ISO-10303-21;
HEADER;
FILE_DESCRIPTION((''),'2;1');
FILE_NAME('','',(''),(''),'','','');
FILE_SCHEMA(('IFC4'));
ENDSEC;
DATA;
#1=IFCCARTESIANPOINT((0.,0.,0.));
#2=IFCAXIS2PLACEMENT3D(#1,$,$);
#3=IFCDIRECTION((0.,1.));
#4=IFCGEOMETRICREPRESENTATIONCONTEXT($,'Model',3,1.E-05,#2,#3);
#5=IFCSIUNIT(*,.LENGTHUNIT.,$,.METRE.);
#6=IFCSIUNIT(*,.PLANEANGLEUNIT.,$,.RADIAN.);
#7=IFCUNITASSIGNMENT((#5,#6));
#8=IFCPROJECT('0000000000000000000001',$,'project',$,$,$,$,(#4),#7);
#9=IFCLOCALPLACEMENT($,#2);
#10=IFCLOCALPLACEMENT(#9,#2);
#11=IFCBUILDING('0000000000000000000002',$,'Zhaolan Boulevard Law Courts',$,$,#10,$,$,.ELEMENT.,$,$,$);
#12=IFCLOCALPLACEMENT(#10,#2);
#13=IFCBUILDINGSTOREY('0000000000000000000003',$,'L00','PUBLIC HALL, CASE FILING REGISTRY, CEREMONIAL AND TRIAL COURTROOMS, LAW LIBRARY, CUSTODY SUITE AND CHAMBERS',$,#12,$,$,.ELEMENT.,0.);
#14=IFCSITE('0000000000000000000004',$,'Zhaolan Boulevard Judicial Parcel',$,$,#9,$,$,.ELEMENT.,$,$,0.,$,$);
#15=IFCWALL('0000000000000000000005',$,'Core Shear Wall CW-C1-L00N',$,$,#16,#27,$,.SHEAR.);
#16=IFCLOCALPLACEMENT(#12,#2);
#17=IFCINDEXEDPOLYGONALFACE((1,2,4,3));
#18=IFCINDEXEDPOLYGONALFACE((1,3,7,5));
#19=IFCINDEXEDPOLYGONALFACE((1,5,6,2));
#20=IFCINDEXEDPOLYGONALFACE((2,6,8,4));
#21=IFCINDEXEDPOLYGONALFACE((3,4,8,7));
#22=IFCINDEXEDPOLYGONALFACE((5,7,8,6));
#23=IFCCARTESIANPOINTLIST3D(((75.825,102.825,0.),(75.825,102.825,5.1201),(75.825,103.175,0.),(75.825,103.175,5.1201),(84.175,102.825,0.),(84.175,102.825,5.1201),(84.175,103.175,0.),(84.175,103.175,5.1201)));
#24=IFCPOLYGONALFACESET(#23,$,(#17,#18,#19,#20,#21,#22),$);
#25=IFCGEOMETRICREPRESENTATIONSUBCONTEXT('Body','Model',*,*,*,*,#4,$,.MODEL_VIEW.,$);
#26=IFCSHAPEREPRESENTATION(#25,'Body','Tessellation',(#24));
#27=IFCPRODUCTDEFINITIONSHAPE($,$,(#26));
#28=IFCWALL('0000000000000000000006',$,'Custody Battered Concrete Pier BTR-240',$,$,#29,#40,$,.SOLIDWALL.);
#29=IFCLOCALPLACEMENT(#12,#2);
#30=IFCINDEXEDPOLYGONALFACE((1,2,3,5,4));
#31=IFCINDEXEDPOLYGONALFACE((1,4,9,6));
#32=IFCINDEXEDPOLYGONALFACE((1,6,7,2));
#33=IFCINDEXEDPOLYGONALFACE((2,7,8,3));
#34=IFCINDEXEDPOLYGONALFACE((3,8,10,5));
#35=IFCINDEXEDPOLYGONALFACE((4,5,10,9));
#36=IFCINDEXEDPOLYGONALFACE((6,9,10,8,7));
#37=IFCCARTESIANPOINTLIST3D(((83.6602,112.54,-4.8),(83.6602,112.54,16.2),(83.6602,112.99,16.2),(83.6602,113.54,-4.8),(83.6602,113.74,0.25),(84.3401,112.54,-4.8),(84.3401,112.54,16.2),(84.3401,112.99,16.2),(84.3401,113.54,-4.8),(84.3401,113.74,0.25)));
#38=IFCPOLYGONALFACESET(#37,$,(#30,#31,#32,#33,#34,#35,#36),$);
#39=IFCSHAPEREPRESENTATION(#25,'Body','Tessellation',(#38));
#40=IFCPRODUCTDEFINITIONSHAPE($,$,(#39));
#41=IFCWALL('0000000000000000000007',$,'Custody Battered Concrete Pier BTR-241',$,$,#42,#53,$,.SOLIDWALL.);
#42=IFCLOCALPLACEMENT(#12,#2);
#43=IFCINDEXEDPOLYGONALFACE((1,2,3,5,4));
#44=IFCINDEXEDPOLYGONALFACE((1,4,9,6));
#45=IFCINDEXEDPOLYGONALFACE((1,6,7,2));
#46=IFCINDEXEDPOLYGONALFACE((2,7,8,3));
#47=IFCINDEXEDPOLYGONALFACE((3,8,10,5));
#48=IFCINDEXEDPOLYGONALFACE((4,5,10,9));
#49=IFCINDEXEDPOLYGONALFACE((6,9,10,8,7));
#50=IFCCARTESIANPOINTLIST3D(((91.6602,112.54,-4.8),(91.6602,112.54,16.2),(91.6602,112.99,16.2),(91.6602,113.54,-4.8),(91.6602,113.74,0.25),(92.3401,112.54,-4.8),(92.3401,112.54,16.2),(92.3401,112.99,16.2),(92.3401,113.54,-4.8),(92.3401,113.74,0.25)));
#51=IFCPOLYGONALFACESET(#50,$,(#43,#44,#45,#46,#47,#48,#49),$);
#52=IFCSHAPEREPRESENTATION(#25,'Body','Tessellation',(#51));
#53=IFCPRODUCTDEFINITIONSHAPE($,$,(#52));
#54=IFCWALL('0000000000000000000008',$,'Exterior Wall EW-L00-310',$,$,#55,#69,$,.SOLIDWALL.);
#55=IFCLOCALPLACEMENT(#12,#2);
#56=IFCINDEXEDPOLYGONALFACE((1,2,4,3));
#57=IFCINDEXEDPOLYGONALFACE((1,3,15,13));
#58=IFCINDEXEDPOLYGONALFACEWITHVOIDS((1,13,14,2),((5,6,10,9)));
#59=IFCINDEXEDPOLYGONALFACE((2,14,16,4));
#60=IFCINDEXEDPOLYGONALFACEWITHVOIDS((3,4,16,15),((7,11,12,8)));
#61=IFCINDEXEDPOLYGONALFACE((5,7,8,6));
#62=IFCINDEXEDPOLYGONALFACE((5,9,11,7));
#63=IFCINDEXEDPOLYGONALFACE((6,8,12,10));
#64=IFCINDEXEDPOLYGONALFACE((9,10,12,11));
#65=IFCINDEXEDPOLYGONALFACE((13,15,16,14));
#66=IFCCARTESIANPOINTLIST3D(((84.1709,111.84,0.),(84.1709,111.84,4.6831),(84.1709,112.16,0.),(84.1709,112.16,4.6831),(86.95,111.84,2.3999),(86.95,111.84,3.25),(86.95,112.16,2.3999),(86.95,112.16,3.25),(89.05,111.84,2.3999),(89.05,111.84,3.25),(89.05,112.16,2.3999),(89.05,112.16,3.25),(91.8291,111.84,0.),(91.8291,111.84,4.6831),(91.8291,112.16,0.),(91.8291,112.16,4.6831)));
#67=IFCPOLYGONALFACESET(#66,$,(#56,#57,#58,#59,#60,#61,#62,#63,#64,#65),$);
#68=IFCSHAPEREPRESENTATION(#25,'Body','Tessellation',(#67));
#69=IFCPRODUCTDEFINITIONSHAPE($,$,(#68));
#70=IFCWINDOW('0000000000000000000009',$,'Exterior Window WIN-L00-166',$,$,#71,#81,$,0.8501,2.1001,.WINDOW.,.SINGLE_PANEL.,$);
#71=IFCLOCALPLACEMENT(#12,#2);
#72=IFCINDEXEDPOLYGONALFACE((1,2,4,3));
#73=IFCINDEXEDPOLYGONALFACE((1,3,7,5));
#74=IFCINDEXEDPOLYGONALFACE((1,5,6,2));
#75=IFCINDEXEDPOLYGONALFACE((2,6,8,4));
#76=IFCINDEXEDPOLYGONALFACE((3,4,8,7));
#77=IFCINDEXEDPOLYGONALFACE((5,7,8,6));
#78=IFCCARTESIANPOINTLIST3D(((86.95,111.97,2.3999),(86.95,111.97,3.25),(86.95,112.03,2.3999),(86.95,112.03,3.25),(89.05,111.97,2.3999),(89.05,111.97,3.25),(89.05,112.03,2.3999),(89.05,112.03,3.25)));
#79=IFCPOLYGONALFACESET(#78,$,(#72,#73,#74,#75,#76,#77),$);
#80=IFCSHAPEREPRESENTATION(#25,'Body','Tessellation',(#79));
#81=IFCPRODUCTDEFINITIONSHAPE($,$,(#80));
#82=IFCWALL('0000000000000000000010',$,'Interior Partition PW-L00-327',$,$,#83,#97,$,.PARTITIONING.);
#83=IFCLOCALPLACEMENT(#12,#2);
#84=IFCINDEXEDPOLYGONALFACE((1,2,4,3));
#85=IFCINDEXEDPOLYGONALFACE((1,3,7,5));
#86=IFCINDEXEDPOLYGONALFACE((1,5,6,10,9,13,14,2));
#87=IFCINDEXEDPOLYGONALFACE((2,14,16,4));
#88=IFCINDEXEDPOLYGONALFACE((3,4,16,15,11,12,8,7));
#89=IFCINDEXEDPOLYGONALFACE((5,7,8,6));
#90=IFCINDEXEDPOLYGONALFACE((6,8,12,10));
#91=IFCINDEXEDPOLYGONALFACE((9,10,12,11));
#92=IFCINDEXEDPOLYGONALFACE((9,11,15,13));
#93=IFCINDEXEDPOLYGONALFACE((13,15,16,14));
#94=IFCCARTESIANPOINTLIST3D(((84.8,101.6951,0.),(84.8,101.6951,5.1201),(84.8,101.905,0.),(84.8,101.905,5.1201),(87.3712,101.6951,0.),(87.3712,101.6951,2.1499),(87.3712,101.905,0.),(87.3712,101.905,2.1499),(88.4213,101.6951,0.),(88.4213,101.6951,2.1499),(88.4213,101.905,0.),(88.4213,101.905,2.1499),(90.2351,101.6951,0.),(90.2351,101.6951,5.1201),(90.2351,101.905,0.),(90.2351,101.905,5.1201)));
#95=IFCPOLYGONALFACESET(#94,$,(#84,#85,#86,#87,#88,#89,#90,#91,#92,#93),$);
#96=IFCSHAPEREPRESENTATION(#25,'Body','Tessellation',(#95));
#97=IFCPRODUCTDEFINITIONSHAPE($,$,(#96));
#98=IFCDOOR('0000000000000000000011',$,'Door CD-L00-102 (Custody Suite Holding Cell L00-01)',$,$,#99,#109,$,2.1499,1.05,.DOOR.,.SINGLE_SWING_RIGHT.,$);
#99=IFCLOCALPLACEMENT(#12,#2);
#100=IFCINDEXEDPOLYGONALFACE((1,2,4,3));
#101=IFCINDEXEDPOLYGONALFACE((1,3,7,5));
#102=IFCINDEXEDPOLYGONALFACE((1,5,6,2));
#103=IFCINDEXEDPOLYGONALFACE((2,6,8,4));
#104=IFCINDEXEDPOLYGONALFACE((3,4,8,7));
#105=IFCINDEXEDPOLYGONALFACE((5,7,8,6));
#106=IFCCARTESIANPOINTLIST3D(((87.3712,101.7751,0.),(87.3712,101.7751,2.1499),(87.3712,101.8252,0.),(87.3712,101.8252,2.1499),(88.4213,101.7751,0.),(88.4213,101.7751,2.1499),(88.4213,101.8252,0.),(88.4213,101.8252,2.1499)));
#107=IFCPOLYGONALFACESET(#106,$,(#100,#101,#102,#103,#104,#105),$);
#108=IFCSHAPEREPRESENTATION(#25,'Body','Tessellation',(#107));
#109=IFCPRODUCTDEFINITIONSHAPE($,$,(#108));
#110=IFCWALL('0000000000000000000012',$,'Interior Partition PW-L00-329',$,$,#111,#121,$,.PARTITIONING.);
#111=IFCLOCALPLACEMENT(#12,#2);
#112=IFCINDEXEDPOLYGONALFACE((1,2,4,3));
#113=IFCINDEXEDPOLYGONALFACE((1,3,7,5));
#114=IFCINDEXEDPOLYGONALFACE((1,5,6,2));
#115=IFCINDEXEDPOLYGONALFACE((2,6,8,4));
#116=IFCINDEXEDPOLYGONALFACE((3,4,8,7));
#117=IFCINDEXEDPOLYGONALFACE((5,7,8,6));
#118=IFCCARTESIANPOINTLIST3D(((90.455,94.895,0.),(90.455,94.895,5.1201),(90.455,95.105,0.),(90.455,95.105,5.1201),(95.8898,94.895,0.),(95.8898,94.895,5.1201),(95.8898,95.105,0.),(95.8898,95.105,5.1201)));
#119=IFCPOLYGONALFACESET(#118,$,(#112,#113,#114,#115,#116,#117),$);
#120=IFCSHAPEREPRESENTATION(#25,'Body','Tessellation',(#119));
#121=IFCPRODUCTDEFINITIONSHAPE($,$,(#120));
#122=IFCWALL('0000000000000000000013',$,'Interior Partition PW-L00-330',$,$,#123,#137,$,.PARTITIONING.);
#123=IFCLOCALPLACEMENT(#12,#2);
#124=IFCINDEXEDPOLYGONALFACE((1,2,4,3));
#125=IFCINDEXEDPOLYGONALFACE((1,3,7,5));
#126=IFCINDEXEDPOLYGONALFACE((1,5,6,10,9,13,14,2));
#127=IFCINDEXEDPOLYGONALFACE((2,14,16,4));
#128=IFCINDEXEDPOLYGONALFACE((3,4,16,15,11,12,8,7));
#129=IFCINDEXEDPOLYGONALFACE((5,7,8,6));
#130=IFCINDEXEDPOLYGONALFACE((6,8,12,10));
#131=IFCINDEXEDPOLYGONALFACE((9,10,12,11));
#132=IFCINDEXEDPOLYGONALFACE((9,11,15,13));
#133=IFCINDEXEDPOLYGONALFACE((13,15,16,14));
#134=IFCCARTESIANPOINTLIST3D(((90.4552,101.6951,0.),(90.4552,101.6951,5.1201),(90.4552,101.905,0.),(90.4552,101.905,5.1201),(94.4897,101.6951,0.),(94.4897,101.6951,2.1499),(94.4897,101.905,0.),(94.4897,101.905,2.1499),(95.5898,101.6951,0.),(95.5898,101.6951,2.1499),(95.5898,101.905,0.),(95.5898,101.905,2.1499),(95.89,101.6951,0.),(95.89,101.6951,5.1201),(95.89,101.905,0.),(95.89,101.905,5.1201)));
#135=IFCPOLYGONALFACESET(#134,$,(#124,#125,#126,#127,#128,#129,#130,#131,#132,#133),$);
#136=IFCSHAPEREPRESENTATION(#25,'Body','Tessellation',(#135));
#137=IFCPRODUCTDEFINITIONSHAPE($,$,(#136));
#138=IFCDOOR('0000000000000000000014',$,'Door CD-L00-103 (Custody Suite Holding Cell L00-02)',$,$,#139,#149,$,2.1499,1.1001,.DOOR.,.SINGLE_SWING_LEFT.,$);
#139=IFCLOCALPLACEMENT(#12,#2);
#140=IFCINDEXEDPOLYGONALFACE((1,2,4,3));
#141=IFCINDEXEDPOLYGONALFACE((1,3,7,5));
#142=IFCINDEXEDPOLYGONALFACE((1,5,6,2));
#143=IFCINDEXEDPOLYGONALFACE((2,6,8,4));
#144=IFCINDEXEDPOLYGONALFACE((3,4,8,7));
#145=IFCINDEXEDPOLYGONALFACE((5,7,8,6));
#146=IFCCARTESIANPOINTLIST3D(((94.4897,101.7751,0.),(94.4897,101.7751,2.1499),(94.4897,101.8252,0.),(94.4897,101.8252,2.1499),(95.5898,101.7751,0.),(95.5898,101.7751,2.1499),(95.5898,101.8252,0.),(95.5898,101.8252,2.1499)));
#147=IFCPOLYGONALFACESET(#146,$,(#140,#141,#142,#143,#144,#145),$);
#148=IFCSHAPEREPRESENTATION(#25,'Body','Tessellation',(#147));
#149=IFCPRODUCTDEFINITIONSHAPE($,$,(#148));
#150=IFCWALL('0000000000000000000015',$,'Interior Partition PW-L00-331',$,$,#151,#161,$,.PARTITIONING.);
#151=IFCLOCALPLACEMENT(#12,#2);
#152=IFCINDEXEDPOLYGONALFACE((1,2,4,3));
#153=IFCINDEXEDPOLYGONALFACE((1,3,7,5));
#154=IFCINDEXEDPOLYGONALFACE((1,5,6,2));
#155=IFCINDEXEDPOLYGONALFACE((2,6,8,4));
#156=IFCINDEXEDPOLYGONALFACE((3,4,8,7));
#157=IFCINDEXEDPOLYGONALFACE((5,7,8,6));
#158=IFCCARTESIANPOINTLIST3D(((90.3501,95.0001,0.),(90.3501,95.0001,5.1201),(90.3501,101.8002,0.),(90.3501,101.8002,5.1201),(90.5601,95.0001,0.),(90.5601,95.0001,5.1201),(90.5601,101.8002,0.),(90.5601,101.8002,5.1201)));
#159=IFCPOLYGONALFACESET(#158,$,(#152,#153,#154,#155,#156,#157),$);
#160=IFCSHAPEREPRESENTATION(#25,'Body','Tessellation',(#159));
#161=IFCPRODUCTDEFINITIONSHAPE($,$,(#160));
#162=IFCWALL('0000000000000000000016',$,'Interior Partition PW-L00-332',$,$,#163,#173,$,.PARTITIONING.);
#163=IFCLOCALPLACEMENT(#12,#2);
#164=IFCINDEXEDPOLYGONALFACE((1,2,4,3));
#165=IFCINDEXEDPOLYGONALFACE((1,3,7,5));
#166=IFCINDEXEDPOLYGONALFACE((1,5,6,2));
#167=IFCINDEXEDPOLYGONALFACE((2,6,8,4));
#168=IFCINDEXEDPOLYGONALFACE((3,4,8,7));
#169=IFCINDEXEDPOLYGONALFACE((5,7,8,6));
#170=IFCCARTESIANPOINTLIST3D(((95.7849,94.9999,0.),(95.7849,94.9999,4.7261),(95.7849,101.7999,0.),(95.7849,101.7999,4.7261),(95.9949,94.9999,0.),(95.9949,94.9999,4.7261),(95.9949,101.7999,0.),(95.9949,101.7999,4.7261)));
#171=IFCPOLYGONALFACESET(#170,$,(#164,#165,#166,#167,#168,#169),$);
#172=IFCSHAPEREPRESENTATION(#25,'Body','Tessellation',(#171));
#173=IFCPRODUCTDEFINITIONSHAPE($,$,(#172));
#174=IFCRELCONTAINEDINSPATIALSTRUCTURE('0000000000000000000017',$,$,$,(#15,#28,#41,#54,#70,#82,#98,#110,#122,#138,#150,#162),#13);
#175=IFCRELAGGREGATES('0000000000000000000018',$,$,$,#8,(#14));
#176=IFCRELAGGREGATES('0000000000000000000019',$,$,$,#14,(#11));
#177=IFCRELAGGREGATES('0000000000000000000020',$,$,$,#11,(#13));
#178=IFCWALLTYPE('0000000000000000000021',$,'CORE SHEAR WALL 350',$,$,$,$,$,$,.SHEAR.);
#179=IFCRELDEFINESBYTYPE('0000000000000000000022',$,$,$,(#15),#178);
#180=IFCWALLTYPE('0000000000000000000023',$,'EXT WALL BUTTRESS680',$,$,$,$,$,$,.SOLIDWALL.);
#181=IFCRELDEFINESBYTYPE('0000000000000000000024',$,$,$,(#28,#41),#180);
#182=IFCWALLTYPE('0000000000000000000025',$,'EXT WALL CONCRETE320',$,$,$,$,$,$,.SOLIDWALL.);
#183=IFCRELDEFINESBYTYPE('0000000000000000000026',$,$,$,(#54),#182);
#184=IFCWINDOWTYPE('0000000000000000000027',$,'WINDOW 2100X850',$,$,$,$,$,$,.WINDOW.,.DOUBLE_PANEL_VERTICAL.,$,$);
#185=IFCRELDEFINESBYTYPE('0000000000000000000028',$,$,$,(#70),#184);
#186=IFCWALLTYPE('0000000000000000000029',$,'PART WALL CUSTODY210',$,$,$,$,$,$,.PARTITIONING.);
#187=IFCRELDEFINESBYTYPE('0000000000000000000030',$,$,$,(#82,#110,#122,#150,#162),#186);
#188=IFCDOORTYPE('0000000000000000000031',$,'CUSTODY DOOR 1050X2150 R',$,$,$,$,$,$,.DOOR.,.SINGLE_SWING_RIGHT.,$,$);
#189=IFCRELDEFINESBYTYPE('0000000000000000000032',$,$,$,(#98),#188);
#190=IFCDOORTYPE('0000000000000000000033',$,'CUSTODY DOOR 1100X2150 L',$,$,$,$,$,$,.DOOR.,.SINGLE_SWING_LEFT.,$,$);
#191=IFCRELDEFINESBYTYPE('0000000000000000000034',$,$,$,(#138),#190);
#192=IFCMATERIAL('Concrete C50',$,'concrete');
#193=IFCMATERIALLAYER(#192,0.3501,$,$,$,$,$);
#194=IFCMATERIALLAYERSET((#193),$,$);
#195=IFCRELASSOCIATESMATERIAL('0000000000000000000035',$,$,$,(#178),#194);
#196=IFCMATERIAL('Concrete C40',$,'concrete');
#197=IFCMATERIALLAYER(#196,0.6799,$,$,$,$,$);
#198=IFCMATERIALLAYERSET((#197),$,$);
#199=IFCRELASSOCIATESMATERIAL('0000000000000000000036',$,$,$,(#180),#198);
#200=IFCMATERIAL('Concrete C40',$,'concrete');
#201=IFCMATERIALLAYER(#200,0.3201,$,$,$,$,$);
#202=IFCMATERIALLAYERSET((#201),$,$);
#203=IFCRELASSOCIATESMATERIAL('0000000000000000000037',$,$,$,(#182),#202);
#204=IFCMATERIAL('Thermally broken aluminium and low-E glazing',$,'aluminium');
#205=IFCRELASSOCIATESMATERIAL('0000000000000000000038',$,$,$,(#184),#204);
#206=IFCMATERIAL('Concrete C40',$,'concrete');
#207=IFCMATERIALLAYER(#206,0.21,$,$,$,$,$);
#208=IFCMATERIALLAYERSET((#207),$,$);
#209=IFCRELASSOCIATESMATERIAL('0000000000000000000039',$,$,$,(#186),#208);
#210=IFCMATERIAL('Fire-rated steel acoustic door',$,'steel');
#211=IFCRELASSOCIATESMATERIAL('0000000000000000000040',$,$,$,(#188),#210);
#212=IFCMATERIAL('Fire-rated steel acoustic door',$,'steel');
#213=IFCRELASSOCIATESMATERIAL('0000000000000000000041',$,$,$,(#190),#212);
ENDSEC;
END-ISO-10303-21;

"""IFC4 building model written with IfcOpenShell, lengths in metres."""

from ifc_helpers import new_model, si_unit, direction, frame, frame_2d, origin, place, context, subcontext, project, spatial, polyline, rectangle, outline, extrude, material, layer, layer_set, type_object, element, fill, save


model = new_model("IFC4")

# Units and contexts
model_context = context("Model", 3, precision=1e-05, world=origin(), true_north=direction((0.0, 1.0)))
body_context = subcontext(model_context, "Body", "Model", "MODEL_VIEW")
ifc_project = project(units=[si_unit("LENGTHUNIT", "METRE"), si_unit("PLANEANGLEUNIT", "RADIAN")], contexts=[model_context])

# Site, building, storey
site_placement = place(None, origin())
site = spatial("IfcSite", under=ifc_project, at=site_placement, Name="Zhaolan Boulevard Judicial Parcel", CompositionType="ELEMENT", RefElevation=0.0)
building_placement = place(site_placement, origin())
building = spatial("IfcBuilding", under=site, at=building_placement, Name="Zhaolan Boulevard Law Courts", CompositionType="ELEMENT")
storey_placement = place(building_placement, origin())
storey = spatial("IfcBuildingStorey", under=building, at=storey_placement, Name="L00", Description="PUBLIC HALL, CASE FILING REGISTRY, CEREMONIAL AND TRIAL COURTROOMS, LAW LIBRARY, CUSTODY SUITE AND CHAMBERS", CompositionType="ELEMENT", Elevation=0.0)

# Walls
ifc_material_1 = material(Name="Concrete C50", Category="concrete")
ifc_layer_1 = layer(ifc_material_1, 0.3501)
ifc_layer_set_1 = layer_set([ifc_layer_1])
wall_type_1 = type_object("IfcWallType", Name="CORE SHEAR WALL 350", PredefinedType="SHEAR", material=ifc_layer_set_1)
wall_1_placement = place(storey_placement, frame((84.175, 103.0, 0.0), z_axis=(0.0, 0.0, 1.0), x_axis=(-1.0, 0.0, 0.0)))
element("IfcWall", 1, at=wall_1_placement, inside=storey, type_object=wall_type_1, Name="Core Shear Wall CW-C1-L00N", PredefinedType="SHEAR", context=body_context, shape_type="SweptSolid", body=[
    extrude(rectangle(XDim=8.3501, YDim=0.3501, at=frame_2d((4.175, 0.0))), origin(), (0.0, 0.0, 1.0), 5.1201),
])
ifc_material_2 = material(Name="Concrete C40", Category="concrete")
ifc_layer_2 = layer(ifc_material_2, 0.6799)
ifc_layer_set_2 = layer_set([ifc_layer_2])
wall_type_2 = type_object("IfcWallType", Name="EXT WALL BUTTRESS680", PredefinedType="SOLIDWALL", material=ifc_layer_set_2)
for number, where, z_axis, x_axis, name in (
    (2, (84.0, 112.54, -4.8), (0.0, 0.0, 1.0), (0.0, 1.0, 0.0), "Custody Battered Concrete Pier BTR-240"),
    (3, (92.0, 112.54, -4.8), (0.0, 0.0, 1.0), (0.0, 1.0, 0.0), "Custody Battered Concrete Pier BTR-241"),
):
    element("IfcWall", number, at=place(storey_placement, frame(where, z_axis=z_axis, x_axis=x_axis)), inside=storey, type_object=wall_type_2, Name=name, PredefinedType="SOLIDWALL", context=body_context, shape_type="SweptSolid", body=[
        extrude(outline(polyline([(0.0, 0.0), (1.0, 0.0), (1.2, 5.05), (0.45, 21.0), (0.0, 21.0), (0.0, 0.0)])), frame((0.0, 0.3398, 0.0), z_axis=(0.0, -1.0, 0.0), x_axis=(1.0, 0.0, 0.0)), (0.0, 0.0, 1.0), 0.6799),
    ])

# Wall, opening, window
ifc_material_3 = material(Name="Concrete C40", Category="concrete")
ifc_layer_3 = layer(ifc_material_3, 0.3201)
ifc_layer_set_3 = layer_set([ifc_layer_3])
wall_type_3 = type_object("IfcWallType", Name="EXT WALL CONCRETE320", PredefinedType="SOLIDWALL", material=ifc_layer_set_3)
wall_2_placement = place(storey_placement, frame((91.8291, 112.0, 0.0), z_axis=(0.0, 0.0, 1.0), x_axis=(-1.0, 0.0, 0.0)))
wall_2 = element("IfcWall", 4, at=wall_2_placement, inside=storey, type_object=wall_type_3, Name="Exterior Wall EW-L00-310", PredefinedType="SOLIDWALL", context=body_context, shape_type="SweptSolid", body=[
    extrude(rectangle(XDim=7.6582, YDim=0.3201, at=frame_2d((3.8291, 0.0))), origin(), (0.0, 0.0, 1.0), 4.6831),
])
opening_1_placement = place(wall_2_placement, frame((2.7791, 0.0, 2.3999)))
opening_1 = element("IfcOpeningElement", 5, at=opening_1_placement, cuts=wall_2, PredefinedType="OPENING", context=body_context, shape_type="SweptSolid", body=[
    extrude(rectangle(XDim=2.1001, YDim=0.8501, at=frame_2d((1.05, 0.425))), frame((0.0, 0.1699, 0.0), z_axis=(0.0, -1.0, 0.0), x_axis=(1.0, 0.0, 0.0)), (0.0, 0.0, 1.0), 0.3401),
])
ifc_material_4 = material(Name="Thermally broken aluminium and low-E glazing", Category="aluminium")
window_type = type_object("IfcWindowType", Name="WINDOW 2100X850", PartitioningType="DOUBLE_PANEL_VERTICAL", PredefinedType="WINDOW", material=ifc_material_4)
window_placement = place(opening_1_placement, origin())
window = element("IfcWindow", 6, at=window_placement, inside=storey, type_object=window_type, Name="Exterior Window WIN-L00-166", OverallHeight=0.8501, OverallWidth=2.1001, PartitioningType="SINGLE_PANEL", PredefinedType="WINDOW", context=body_context, shape_type="SweptSolid", body=[
    extrude(rectangle(XDim=2.1001, YDim=0.8501, at=frame_2d((1.05, 0.425))), frame((0.0, 0.03, 0.0), z_axis=(0.0, -1.0, 0.0), x_axis=(1.0, 0.0, 0.0)), (0.0, 0.0, 1.0), 0.0601),
])
fill(opening_1, window)

# Wall, opening, door
ifc_material_5 = material(Name="Concrete C40", Category="concrete")
ifc_layer_4 = layer(ifc_material_5, 0.21)
ifc_layer_set_4 = layer_set([ifc_layer_4])
wall_type_4 = type_object("IfcWallType", Name="PART WALL CUSTODY210", PredefinedType="PARTITIONING", material=ifc_layer_set_4)
wall_3_placement = place(storey_placement, frame((90.2351, 101.8, 0.0), z_axis=(0.0, 0.0, 1.0), x_axis=(-1.0, 0.0, 0.0)))
wall_3 = element("IfcWall", 7, at=wall_3_placement, inside=storey, type_object=wall_type_4, Name="Interior Partition PW-L00-327", PredefinedType="PARTITIONING", context=body_context, shape_type="SweptSolid", body=[
    extrude(rectangle(XDim=5.4351, YDim=0.21, at=frame_2d((2.7175, 0.0))), origin(), (0.0, 0.0, 1.0), 5.1201),
])
opening_2_placement = place(wall_3_placement, frame((1.814, 0.0, 0.0)))
opening_2 = element("IfcOpeningElement", 8, at=opening_2_placement, cuts=wall_3, PredefinedType="OPENING", context=body_context, shape_type="SweptSolid", body=[
    extrude(rectangle(XDim=1.05, YDim=2.1499, at=frame_2d((0.5249, 1.075))), frame((0.0, 0.115, 0.0), z_axis=(0.0, -1.0, 0.0), x_axis=(1.0, 0.0, 0.0)), (0.0, 0.0, 1.0), 0.23),
])
ifc_material_6 = material(Name="Fire-rated steel acoustic door", Category="steel")
door_type_1 = type_object("IfcDoorType", Name="CUSTODY DOOR 1050X2150 R", OperationType="SINGLE_SWING_RIGHT", PredefinedType="DOOR", material=ifc_material_6)
door_1_placement = place(opening_2_placement, origin())
door_1 = element("IfcDoor", 9, at=door_1_placement, inside=storey, type_object=door_type_1, Name="Door CD-L00-102 (Custody Suite Holding Cell L00-01)", OperationType="SINGLE_SWING_RIGHT", OverallHeight=2.1499, OverallWidth=1.05, PredefinedType="DOOR", context=body_context, shape_type="SweptSolid", body=[
    extrude(rectangle(XDim=1.05, YDim=2.1499, at=frame_2d((0.5249, 1.075))), frame((0.0, 0.0249, 0.0), z_axis=(0.0, -1.0, 0.0), x_axis=(1.0, 0.0, 0.0)), (0.0, 0.0, 1.0), 0.05),
])
fill(opening_2, door_1)

# Wall
wall_4_placement = place(storey_placement, frame((90.4551, 95.0, 0.0), z_axis=(0.0, 0.0, 1.0), x_axis=(1.0, 0.0, 0.0)))
element("IfcWall", 10, at=wall_4_placement, inside=storey, type_object=wall_type_4, Name="Interior Partition PW-L00-329", PredefinedType="PARTITIONING", context=body_context, shape_type="SweptSolid", body=[
    extrude(rectangle(XDim=5.4348, YDim=0.21, at=frame_2d((2.7173, 0.0))), origin(), (0.0, 0.0, 1.0), 5.1201),
])

# Wall, opening, door
wall_5_placement = place(storey_placement, frame((95.8899, 101.8, 0.0), z_axis=(0.0, 0.0, 1.0), x_axis=(-1.0, 0.0, 0.0)))
wall_5 = element("IfcWall", 11, at=wall_5_placement, inside=storey, type_object=wall_type_4, Name="Interior Partition PW-L00-330", PredefinedType="PARTITIONING", context=body_context, shape_type="SweptSolid", body=[
    extrude(rectangle(XDim=5.4348, YDim=0.21, at=frame_2d((2.7173, 0.0))), origin(), (0.0, 0.0, 1.0), 5.1201),
])
opening_3_placement = place(wall_5_placement, frame((0.3, 0.0, 0.0)))
opening_3 = element("IfcOpeningElement", 12, at=opening_3_placement, cuts=wall_5, PredefinedType="OPENING", context=body_context, shape_type="SweptSolid", body=[
    extrude(rectangle(XDim=1.1001, YDim=2.1499, at=frame_2d((0.55, 1.075))), frame((0.0, 0.115, 0.0), z_axis=(0.0, -1.0, 0.0), x_axis=(1.0, 0.0, 0.0)), (0.0, 0.0, 1.0), 0.23),
])
ifc_material_7 = material(Name="Fire-rated steel acoustic door", Category="steel")
door_type_2 = type_object("IfcDoorType", Name="CUSTODY DOOR 1100X2150 L", OperationType="SINGLE_SWING_LEFT", PredefinedType="DOOR", material=ifc_material_7)
door_2_placement = place(opening_3_placement, origin())
door_2 = element("IfcDoor", 13, at=door_2_placement, inside=storey, type_object=door_type_2, Name="Door CD-L00-103 (Custody Suite Holding Cell L00-02)", OperationType="SINGLE_SWING_LEFT", OverallHeight=2.1499, OverallWidth=1.1001, PredefinedType="DOOR", context=body_context, shape_type="SweptSolid", body=[
    extrude(rectangle(XDim=1.1001, YDim=2.1499, at=frame_2d((0.55, 1.075))), frame((0.0, 0.0249, 0.0), z_axis=(0.0, -1.0, 0.0), x_axis=(1.0, 0.0, 0.0)), (0.0, 0.0, 1.0), 0.05),
])
fill(opening_3, door_2)

# Walls
wall_6_placement = place(storey_placement, frame((90.4551, 101.8, 0.0), z_axis=(0.0, 0.0, 1.0), x_axis=(0.0, -1.0, 0.0)))
element("IfcWall", 14, at=wall_6_placement, inside=storey, type_object=wall_type_4, Name="Interior Partition PW-L00-331", PredefinedType="PARTITIONING", context=body_context, shape_type="SweptSolid", body=[
    extrude(rectangle(XDim=6.8, YDim=0.21, at=frame_2d((3.3999, 0.0))), origin(), (0.0, 0.0, 1.0), 5.1201),
])
wall_7_placement = place(storey_placement, frame((95.8899, 95.0, 0.0), z_axis=(0.0, 0.0, 1.0), x_axis=(0.0, 1.0, 0.0)))
element("IfcWall", 15, at=wall_7_placement, inside=storey, type_object=wall_type_4, Name="Interior Partition PW-L00-332", PredefinedType="PARTITIONING", context=body_context, shape_type="SweptSolid", body=[
    extrude(rectangle(XDim=6.8, YDim=0.21, at=frame_2d((3.3999, 0.0))), origin(), (0.0, 0.0, 1.0), 4.7261),
])

save(model, "model.ifc")
